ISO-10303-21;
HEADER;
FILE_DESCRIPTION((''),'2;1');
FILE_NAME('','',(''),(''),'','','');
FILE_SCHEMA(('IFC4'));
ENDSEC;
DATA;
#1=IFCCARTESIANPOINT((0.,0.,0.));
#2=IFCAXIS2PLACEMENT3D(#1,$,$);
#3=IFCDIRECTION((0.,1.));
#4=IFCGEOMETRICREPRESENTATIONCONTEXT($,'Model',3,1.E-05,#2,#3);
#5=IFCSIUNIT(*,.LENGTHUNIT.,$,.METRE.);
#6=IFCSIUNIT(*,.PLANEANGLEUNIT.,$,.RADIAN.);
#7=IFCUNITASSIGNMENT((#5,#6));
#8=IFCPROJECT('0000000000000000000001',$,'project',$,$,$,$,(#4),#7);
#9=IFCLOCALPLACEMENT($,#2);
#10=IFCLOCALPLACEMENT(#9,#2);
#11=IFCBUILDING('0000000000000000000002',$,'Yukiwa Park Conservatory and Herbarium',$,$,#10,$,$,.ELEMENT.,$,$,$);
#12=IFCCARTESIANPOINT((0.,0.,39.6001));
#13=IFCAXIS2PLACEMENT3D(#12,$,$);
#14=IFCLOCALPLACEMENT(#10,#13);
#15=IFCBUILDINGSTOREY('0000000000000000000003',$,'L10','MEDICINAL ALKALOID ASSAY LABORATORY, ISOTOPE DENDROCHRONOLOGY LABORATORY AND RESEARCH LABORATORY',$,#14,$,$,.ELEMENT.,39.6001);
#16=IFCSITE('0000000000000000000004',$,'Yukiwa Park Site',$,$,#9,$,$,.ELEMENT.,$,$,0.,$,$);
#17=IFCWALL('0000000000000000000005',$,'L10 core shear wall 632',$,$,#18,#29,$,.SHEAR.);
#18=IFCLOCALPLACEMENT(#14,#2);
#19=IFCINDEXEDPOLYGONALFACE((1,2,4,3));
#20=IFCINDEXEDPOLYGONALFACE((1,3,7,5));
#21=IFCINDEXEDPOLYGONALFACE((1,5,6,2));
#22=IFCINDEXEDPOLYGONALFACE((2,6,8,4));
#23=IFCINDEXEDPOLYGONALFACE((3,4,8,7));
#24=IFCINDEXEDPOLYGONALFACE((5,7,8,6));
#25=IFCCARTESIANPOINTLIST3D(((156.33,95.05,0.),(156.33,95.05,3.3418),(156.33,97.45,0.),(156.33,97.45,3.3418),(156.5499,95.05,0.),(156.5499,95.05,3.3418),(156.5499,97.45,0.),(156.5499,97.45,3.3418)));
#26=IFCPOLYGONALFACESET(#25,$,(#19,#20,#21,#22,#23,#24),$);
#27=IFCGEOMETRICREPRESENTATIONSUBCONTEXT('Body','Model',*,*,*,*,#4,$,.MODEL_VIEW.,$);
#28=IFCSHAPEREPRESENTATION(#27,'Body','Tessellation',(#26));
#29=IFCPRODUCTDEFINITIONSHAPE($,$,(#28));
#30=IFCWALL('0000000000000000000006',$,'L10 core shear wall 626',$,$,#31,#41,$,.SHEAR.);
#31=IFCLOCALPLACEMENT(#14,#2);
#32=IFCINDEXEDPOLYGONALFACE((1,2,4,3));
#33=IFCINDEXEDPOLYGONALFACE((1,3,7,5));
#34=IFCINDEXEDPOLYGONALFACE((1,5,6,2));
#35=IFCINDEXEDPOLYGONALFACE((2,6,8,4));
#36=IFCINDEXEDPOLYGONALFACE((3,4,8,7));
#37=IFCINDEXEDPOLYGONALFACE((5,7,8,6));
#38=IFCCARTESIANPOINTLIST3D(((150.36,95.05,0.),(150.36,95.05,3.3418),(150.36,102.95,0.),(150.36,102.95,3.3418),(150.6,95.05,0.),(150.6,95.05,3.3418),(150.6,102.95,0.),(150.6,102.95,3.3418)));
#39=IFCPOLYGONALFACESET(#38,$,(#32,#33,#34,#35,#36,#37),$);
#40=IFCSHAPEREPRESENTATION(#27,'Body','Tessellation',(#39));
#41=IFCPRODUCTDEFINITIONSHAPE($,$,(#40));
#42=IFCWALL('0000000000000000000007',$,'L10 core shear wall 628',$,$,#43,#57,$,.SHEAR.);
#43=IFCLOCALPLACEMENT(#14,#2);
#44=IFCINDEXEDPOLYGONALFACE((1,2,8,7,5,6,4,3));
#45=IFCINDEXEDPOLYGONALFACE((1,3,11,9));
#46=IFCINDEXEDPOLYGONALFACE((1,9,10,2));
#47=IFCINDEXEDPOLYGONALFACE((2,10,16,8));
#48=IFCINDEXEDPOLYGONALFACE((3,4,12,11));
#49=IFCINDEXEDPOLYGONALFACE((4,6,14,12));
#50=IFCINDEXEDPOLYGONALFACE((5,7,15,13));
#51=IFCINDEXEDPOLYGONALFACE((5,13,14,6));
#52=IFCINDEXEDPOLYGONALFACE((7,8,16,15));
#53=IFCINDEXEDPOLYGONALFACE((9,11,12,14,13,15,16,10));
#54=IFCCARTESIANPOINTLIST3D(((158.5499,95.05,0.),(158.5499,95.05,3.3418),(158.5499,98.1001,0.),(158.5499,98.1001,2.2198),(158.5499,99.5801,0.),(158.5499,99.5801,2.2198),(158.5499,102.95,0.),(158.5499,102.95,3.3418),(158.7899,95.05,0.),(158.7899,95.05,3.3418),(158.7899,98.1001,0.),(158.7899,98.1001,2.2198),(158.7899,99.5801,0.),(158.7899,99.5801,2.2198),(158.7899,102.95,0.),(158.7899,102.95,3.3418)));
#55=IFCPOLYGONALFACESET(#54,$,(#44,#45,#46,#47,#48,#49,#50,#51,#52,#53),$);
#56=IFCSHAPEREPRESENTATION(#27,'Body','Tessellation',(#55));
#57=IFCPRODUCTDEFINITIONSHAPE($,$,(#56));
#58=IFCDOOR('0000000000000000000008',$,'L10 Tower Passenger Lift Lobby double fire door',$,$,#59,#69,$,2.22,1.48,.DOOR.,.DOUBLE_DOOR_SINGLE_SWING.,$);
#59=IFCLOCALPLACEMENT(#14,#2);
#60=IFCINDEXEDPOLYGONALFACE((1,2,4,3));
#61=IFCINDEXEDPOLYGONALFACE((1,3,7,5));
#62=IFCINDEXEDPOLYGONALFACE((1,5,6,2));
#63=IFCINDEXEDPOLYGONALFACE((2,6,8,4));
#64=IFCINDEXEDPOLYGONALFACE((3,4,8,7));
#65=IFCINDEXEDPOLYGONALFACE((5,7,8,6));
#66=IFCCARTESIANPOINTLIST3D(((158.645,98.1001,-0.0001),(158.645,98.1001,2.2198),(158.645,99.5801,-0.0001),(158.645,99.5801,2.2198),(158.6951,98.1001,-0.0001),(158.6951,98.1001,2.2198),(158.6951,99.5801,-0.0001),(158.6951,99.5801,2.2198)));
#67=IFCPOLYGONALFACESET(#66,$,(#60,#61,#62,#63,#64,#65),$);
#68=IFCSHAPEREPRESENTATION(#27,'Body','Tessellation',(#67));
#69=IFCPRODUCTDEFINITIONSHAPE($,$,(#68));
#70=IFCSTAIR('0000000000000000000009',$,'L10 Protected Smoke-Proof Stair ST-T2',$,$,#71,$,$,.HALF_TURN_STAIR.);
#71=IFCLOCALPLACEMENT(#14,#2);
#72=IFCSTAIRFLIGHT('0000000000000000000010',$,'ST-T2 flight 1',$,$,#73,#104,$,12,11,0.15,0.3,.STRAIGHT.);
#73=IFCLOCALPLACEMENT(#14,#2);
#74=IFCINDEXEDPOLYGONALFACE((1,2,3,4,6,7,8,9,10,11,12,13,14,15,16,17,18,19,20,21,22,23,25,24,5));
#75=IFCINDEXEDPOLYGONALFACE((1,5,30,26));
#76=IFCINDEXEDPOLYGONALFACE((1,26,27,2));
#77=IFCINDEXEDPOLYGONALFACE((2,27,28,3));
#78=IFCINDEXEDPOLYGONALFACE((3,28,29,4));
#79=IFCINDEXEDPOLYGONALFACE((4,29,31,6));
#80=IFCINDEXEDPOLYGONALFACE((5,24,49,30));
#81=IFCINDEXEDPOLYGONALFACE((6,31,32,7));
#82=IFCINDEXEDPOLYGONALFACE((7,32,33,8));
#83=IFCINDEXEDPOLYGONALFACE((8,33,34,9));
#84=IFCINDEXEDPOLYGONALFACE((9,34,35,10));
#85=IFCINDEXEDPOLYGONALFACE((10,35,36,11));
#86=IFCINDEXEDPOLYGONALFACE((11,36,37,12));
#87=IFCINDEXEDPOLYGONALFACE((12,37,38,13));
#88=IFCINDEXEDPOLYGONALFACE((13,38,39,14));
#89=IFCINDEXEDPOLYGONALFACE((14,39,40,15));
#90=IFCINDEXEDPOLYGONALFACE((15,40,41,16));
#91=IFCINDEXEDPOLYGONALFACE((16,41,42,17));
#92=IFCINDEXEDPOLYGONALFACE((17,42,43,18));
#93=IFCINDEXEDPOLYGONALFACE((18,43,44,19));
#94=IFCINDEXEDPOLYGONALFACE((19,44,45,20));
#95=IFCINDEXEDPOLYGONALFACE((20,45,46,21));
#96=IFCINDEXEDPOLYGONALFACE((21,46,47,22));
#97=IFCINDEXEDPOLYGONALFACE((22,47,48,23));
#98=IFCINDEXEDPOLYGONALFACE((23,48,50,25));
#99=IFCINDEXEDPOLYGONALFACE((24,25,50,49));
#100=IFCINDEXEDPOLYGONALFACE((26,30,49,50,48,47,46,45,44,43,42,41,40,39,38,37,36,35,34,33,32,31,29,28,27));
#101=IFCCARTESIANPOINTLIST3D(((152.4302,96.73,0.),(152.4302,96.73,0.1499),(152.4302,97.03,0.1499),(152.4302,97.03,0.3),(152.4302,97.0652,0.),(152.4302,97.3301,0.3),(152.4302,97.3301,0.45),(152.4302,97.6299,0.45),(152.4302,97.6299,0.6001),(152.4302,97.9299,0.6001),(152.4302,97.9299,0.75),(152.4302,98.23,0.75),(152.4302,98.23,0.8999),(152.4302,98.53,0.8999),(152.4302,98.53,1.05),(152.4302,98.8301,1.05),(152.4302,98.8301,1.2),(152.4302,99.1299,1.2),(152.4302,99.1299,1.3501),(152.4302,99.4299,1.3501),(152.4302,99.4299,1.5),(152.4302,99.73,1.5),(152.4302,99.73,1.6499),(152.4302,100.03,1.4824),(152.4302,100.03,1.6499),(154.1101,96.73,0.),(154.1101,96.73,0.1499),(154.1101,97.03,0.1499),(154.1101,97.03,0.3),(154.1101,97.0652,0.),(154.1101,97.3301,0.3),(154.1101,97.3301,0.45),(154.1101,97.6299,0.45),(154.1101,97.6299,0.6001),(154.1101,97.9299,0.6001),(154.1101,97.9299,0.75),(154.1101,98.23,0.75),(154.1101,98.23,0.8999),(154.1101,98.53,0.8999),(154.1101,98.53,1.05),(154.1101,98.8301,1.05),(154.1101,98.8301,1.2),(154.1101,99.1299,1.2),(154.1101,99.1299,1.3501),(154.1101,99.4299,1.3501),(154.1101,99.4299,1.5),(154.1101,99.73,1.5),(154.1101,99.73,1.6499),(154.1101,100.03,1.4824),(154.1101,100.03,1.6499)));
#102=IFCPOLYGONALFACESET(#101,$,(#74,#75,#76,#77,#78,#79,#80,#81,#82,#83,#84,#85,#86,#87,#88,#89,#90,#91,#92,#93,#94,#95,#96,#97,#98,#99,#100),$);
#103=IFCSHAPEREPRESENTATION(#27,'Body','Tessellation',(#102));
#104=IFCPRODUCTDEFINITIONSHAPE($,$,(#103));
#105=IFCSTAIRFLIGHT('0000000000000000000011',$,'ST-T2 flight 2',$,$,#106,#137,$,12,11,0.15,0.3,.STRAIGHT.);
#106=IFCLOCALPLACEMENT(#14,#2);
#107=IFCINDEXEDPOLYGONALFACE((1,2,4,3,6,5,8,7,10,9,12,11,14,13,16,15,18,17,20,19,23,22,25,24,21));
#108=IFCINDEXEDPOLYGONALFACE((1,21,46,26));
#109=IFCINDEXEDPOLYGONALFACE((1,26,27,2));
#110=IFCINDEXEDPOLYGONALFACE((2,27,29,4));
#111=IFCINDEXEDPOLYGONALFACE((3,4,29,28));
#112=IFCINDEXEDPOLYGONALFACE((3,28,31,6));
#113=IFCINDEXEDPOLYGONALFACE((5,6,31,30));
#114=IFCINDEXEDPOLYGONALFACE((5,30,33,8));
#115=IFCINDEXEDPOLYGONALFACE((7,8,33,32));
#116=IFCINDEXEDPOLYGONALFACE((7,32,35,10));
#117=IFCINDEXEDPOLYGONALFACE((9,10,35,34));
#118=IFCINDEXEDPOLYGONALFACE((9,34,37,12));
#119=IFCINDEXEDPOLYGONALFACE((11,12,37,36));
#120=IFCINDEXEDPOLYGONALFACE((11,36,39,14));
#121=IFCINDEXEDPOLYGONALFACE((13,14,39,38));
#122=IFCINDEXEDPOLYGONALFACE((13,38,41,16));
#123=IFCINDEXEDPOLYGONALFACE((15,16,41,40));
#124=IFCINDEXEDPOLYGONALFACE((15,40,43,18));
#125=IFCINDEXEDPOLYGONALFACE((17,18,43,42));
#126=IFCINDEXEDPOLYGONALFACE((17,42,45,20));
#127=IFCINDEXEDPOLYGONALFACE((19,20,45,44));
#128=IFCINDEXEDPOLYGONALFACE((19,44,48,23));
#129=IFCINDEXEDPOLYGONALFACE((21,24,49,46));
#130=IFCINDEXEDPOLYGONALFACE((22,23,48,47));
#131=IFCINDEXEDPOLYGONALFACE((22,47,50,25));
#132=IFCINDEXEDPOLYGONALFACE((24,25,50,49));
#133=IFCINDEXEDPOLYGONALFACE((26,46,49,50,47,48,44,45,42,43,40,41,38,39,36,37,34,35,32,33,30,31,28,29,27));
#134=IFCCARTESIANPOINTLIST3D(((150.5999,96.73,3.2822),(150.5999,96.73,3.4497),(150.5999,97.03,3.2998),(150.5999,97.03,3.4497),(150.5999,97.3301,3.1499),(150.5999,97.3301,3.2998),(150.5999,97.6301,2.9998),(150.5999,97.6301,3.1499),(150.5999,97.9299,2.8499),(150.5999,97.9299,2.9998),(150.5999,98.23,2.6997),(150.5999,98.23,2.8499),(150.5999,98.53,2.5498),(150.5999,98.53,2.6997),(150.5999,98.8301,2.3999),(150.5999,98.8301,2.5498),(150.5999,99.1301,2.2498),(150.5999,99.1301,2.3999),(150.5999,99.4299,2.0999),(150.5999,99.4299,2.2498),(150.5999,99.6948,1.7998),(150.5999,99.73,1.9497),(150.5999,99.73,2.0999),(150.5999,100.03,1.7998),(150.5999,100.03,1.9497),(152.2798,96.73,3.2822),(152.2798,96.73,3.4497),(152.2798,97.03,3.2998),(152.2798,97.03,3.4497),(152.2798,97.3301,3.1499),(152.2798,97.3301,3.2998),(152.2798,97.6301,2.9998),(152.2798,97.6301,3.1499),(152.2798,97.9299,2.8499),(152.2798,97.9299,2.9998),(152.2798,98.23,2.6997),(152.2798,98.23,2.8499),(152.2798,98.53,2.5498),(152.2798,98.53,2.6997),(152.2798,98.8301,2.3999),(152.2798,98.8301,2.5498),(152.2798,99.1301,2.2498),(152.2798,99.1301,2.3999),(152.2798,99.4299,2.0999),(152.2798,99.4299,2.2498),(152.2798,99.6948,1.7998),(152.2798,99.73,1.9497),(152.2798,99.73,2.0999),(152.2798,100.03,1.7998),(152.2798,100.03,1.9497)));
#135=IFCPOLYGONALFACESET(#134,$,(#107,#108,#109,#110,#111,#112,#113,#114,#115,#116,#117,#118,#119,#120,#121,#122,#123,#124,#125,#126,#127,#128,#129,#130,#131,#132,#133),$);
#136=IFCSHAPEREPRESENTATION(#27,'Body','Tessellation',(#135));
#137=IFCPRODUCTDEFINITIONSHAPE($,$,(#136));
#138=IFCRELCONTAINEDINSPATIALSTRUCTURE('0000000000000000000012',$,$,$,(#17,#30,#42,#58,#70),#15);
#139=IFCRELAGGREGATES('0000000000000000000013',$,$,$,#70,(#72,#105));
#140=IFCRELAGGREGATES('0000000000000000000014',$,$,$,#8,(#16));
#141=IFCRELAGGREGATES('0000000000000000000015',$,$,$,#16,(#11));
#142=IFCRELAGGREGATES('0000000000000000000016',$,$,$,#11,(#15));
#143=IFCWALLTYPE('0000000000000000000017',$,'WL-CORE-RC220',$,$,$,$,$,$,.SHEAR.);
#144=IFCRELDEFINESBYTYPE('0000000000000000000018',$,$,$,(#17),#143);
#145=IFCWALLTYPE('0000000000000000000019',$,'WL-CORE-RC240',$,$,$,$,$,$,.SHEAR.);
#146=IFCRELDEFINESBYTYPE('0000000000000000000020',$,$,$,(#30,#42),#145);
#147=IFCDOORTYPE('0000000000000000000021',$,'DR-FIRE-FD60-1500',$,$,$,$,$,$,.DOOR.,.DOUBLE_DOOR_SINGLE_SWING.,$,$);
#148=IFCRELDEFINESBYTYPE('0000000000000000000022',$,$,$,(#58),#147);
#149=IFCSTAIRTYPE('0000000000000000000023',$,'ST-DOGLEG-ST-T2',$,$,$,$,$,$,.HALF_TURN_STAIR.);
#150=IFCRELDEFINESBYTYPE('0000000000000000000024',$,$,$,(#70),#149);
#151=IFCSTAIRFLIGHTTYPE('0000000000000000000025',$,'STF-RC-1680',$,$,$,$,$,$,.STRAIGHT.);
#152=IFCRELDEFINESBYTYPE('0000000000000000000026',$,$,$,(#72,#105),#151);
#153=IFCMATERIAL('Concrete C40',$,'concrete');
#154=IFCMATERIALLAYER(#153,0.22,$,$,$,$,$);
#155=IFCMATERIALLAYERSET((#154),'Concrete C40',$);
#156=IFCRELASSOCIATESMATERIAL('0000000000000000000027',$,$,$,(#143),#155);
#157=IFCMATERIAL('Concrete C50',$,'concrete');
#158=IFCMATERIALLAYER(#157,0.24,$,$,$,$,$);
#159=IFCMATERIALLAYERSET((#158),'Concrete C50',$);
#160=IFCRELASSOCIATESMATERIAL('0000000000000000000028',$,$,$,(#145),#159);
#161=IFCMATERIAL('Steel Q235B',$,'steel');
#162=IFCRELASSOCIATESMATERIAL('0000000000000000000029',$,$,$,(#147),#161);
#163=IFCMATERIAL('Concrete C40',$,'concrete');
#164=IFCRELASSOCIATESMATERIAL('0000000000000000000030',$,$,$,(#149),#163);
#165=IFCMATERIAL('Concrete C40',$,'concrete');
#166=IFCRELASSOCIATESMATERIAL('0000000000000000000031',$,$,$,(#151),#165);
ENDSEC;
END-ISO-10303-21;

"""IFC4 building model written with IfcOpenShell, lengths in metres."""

from ifc_helpers import new_model, si_unit, direction, frame, frame_2d, origin, place, context, subcontext, project, spatial, polyline, rectangle, outline, extrude, material, layer, layer_set, type_object, element, fill, aggregate, save


model = new_model("IFC4")

# Units and contexts
model_context = context("Model", 3, precision=1e-05, world=origin(), true_north=direction((0.0, 1.0)))
body_context = subcontext(model_context, "Body", "Model", "MODEL_VIEW")
ifc_project = project(units=[si_unit("LENGTHUNIT", "METRE"), si_unit("PLANEANGLEUNIT", "RADIAN")], contexts=[model_context])

# Site, building, storey
site_placement = place(None, origin())
site = spatial("IfcSite", under=ifc_project, at=site_placement, Name="Yukiwa Park Site", CompositionType="ELEMENT", RefElevation=0.0)
building_placement = place(site_placement, origin())
building = spatial("IfcBuilding", under=site, at=building_placement, Name="Yukiwa Park Conservatory and Herbarium", CompositionType="ELEMENT")
storey_placement = place(building_placement, frame((0.0, 0.0, 39.6001)))
storey = spatial("IfcBuildingStorey", under=building, at=storey_placement, Name="L10", Description="MEDICINAL ALKALOID ASSAY LABORATORY, ISOTOPE DENDROCHRONOLOGY LABORATORY AND RESEARCH LABORATORY", CompositionType="ELEMENT", Elevation=39.6001)

# Shared definitions
ifc_material_1 = material(Name="Concrete C40", Category="concrete")
ifc_layer_1 = layer(ifc_material_1, 0.22)
ifc_layer_set_1 = layer_set([ifc_layer_1], Name="Concrete C40")
wall_type_1 = type_object("IfcWallType", Name="WL-CORE-RC220", PredefinedType="SHEAR", material=ifc_layer_set_1)

# Wall
wall_1_placement = place(storey_placement, frame((156.4399, 95.05, 0.0), z_axis=(0.0, 0.0, 1.0), x_axis=(0.0, 1.0, 0.0)))
element("IfcWall", 1, at=wall_1_placement, inside=storey, type_object=wall_type_1, Name="L10 core shear wall 632", PredefinedType="SHEAR", context=body_context, shape_type="SweptSolid", body=[
    extrude(rectangle(XDim=2.3999, YDim=0.22, at=frame_2d((1.2, 0.0))), origin(), (0.0, 0.0, 1.0), 3.3418),
])

# Wall
ifc_material_2 = material(Name="Concrete C50", Category="concrete")
ifc_layer_2 = layer(ifc_material_2, 0.24)
ifc_layer_set_2 = layer_set([ifc_layer_2], Name="Concrete C50")
wall_type_2 = type_object("IfcWallType", Name="WL-CORE-RC240", PredefinedType="SHEAR", material=ifc_layer_set_2)
wall_2_placement = place(storey_placement, frame((150.48, 95.05, 0.0), z_axis=(0.0, 0.0, 1.0), x_axis=(0.0, 1.0, 0.0)))
element("IfcWall", 2, at=wall_2_placement, inside=storey, type_object=wall_type_2, Name="L10 core shear wall 626", PredefinedType="SHEAR", context=body_context, shape_type="SweptSolid", body=[
    extrude(rectangle(XDim=7.8999, YDim=0.24, at=frame_2d((3.95, 0.0))), origin(), (0.0, 0.0, 1.0), 3.3418),
])

# Wall, opening, door
wall_3_placement = place(storey_placement, frame((158.6699, 95.05, 0.0), z_axis=(0.0, 0.0, 1.0), x_axis=(0.0, 1.0, 0.0)))
wall_3 = element("IfcWall", 3, at=wall_3_placement, inside=storey, type_object=wall_type_2, Name="L10 core shear wall 628", PredefinedType="SHEAR", context=body_context, shape_type="SweptSolid", body=[
    extrude(rectangle(XDim=7.8999, YDim=0.24, at=frame_2d((3.95, 0.0))), origin(), (0.0, 0.0, 1.0), 3.3418),
])
opening_1_placement = place(wall_3_placement, frame((3.05, 0.0, 0.0)))
opening_1 = element("IfcOpeningElement", 4, at=opening_1_placement, cuts=wall_3, PredefinedType="OPENING", context=body_context, shape_type="SweptSolid", body=[
    extrude(rectangle(XDim=1.48, YDim=2.22, at=frame_2d((0.74, 1.1099))), frame((0.0, 0.1299, 0.0), z_axis=(0.0, -1.0, 0.0), x_axis=(1.0, 0.0, 0.0)), (0.0, 0.0, 1.0), 0.26),
])
ifc_material_3 = material(Name="Steel Q235B", Category="steel")
door_type_1 = type_object("IfcDoorType", Name="DR-FIRE-FD60-1500", OperationType="DOUBLE_DOOR_SINGLE_SWING", PredefinedType="DOOR", material=ifc_material_3)
door_1_placement = place(opening_1_placement, origin())
door_1 = element("IfcDoor", 5, at=door_1_placement, inside=storey, type_object=door_type_1, Name="L10 Tower Passenger Lift Lobby double fire door", OperationType="DOUBLE_DOOR_SINGLE_SWING", OverallHeight=2.22, OverallWidth=1.48, PredefinedType="DOOR", context=body_context, shape_type="SweptSolid", body=[
    extrude(rectangle(XDim=1.48, YDim=2.22, at=frame_2d((0.74, 1.1099))), frame((0.0, 0.0249, 0.0), z_axis=(0.0, -1.0, 0.0), x_axis=(1.0, 0.0, 0.0)), (0.0, 0.0, 1.0), 0.05),
])
fill(opening_1, door_1)

# Stair, stair flights
ifc_material_4 = material(Name="Concrete C40", Category="concrete")
stair_type = type_object("IfcStairType", Name="ST-DOGLEG-ST-T2", PredefinedType="HALF_TURN_STAIR", material=ifc_material_4)
stair_placement = place(storey_placement, origin())
stair = element("IfcStair", 6, at=stair_placement, inside=storey, type_object=stair_type, Name="L10 Protected Smoke-Proof Stair ST-T2", PredefinedType="HALF_TURN_STAIR")
ifc_material_5 = material(Name="Concrete C40", Category="concrete")
stair_flight_type = type_object("IfcStairFlightType", Name="STF-RC-1680", PredefinedType="STRAIGHT", material=ifc_material_5)
stair_flight_1_placement = place(storey_placement, frame((153.27, 96.73, 0.0), z_axis=(0.0, 0.0, 1.0), x_axis=(0.0, 1.0, 0.0)))
stair_flight_1 = element("IfcStairFlight", 7, at=stair_flight_1_placement, type_object=stair_flight_type, Name="ST-T2 flight 1", NumberOfRisers=12, NumberOfTreads=11, PredefinedType="STRAIGHT", RiserHeight=0.15, TreadLength=0.3, context=body_context, shape_type="SweptSolid", body=[
    extrude(outline(polyline([(0.0, 0.0), (0.0, 0.1499), (0.3, 0.1499), (0.3, 0.3), (0.6001, 0.3), (0.6001, 0.45), (0.8999, 0.45), (0.8999, 0.6001), (1.2, 0.6001), (1.2, 0.75), (1.5, 0.75), (1.5, 0.8999), (1.8, 0.8999), (1.8, 1.05), (2.1001, 1.05), (2.1001, 1.2), (2.3999, 1.2), (2.3999, 1.3501), (2.7, 1.3501), (2.7, 1.5), (3.0, 1.5), (3.0, 1.6499), (3.3, 1.6499), (3.3, 1.8), (3.3, 1.4824), (0.3352, 0.0), (0.0, 0.0)])), frame((0.0, 0.8398, 0.0), z_axis=(0.0, -1.0, 0.0), x_axis=(1.0, 0.0, 0.0)), (0.0, 0.0, 1.0), 1.6799),
])
stair_flight_2_placement = place(storey_placement, frame((151.4399, 100.03, 1.7998), z_axis=(0.0, 0.0, 1.0), x_axis=(0.0, -1.0, 0.0)))
stair_flight_2 = element("IfcStairFlight", 8, at=stair_flight_2_placement, type_object=stair_flight_type, Name="ST-T2 flight 2", NumberOfRisers=12, NumberOfTreads=11, PredefinedType="STRAIGHT", RiserHeight=0.15, TreadLength=0.3, context=body_context, shape_type="SweptSolid", body=[
    extrude(outline(polyline([(0.0, 0.0), (0.0, 0.1499), (0.3, 0.1499), (0.3, 0.3), (0.6001, 0.3), (0.6001, 0.45), (0.8999, 0.45), (0.8999, 0.6001), (1.2, 0.6001), (1.2, 0.75), (1.5, 0.75), (1.5, 0.8999), (1.8, 0.8999), (1.8, 1.05), (2.1001, 1.05), (2.1001, 1.2), (2.3999, 1.2), (2.3999, 1.3501), (2.7, 1.3501), (2.7, 1.5), (3.0, 1.5), (3.0, 1.6499), (3.3, 1.6499), (3.3, 1.8), (3.3, 1.4824), (0.3352, 0.0), (0.0, 0.0)])), frame((0.0, 0.8398, 0.0), z_axis=(0.0, -1.0, 0.0), x_axis=(1.0, 0.0, 0.0)), (0.0, 0.0, 1.0), 1.6799),
])
aggregate(stair, [stair_flight_1, stair_flight_2])

save(model, "model.ifc")
